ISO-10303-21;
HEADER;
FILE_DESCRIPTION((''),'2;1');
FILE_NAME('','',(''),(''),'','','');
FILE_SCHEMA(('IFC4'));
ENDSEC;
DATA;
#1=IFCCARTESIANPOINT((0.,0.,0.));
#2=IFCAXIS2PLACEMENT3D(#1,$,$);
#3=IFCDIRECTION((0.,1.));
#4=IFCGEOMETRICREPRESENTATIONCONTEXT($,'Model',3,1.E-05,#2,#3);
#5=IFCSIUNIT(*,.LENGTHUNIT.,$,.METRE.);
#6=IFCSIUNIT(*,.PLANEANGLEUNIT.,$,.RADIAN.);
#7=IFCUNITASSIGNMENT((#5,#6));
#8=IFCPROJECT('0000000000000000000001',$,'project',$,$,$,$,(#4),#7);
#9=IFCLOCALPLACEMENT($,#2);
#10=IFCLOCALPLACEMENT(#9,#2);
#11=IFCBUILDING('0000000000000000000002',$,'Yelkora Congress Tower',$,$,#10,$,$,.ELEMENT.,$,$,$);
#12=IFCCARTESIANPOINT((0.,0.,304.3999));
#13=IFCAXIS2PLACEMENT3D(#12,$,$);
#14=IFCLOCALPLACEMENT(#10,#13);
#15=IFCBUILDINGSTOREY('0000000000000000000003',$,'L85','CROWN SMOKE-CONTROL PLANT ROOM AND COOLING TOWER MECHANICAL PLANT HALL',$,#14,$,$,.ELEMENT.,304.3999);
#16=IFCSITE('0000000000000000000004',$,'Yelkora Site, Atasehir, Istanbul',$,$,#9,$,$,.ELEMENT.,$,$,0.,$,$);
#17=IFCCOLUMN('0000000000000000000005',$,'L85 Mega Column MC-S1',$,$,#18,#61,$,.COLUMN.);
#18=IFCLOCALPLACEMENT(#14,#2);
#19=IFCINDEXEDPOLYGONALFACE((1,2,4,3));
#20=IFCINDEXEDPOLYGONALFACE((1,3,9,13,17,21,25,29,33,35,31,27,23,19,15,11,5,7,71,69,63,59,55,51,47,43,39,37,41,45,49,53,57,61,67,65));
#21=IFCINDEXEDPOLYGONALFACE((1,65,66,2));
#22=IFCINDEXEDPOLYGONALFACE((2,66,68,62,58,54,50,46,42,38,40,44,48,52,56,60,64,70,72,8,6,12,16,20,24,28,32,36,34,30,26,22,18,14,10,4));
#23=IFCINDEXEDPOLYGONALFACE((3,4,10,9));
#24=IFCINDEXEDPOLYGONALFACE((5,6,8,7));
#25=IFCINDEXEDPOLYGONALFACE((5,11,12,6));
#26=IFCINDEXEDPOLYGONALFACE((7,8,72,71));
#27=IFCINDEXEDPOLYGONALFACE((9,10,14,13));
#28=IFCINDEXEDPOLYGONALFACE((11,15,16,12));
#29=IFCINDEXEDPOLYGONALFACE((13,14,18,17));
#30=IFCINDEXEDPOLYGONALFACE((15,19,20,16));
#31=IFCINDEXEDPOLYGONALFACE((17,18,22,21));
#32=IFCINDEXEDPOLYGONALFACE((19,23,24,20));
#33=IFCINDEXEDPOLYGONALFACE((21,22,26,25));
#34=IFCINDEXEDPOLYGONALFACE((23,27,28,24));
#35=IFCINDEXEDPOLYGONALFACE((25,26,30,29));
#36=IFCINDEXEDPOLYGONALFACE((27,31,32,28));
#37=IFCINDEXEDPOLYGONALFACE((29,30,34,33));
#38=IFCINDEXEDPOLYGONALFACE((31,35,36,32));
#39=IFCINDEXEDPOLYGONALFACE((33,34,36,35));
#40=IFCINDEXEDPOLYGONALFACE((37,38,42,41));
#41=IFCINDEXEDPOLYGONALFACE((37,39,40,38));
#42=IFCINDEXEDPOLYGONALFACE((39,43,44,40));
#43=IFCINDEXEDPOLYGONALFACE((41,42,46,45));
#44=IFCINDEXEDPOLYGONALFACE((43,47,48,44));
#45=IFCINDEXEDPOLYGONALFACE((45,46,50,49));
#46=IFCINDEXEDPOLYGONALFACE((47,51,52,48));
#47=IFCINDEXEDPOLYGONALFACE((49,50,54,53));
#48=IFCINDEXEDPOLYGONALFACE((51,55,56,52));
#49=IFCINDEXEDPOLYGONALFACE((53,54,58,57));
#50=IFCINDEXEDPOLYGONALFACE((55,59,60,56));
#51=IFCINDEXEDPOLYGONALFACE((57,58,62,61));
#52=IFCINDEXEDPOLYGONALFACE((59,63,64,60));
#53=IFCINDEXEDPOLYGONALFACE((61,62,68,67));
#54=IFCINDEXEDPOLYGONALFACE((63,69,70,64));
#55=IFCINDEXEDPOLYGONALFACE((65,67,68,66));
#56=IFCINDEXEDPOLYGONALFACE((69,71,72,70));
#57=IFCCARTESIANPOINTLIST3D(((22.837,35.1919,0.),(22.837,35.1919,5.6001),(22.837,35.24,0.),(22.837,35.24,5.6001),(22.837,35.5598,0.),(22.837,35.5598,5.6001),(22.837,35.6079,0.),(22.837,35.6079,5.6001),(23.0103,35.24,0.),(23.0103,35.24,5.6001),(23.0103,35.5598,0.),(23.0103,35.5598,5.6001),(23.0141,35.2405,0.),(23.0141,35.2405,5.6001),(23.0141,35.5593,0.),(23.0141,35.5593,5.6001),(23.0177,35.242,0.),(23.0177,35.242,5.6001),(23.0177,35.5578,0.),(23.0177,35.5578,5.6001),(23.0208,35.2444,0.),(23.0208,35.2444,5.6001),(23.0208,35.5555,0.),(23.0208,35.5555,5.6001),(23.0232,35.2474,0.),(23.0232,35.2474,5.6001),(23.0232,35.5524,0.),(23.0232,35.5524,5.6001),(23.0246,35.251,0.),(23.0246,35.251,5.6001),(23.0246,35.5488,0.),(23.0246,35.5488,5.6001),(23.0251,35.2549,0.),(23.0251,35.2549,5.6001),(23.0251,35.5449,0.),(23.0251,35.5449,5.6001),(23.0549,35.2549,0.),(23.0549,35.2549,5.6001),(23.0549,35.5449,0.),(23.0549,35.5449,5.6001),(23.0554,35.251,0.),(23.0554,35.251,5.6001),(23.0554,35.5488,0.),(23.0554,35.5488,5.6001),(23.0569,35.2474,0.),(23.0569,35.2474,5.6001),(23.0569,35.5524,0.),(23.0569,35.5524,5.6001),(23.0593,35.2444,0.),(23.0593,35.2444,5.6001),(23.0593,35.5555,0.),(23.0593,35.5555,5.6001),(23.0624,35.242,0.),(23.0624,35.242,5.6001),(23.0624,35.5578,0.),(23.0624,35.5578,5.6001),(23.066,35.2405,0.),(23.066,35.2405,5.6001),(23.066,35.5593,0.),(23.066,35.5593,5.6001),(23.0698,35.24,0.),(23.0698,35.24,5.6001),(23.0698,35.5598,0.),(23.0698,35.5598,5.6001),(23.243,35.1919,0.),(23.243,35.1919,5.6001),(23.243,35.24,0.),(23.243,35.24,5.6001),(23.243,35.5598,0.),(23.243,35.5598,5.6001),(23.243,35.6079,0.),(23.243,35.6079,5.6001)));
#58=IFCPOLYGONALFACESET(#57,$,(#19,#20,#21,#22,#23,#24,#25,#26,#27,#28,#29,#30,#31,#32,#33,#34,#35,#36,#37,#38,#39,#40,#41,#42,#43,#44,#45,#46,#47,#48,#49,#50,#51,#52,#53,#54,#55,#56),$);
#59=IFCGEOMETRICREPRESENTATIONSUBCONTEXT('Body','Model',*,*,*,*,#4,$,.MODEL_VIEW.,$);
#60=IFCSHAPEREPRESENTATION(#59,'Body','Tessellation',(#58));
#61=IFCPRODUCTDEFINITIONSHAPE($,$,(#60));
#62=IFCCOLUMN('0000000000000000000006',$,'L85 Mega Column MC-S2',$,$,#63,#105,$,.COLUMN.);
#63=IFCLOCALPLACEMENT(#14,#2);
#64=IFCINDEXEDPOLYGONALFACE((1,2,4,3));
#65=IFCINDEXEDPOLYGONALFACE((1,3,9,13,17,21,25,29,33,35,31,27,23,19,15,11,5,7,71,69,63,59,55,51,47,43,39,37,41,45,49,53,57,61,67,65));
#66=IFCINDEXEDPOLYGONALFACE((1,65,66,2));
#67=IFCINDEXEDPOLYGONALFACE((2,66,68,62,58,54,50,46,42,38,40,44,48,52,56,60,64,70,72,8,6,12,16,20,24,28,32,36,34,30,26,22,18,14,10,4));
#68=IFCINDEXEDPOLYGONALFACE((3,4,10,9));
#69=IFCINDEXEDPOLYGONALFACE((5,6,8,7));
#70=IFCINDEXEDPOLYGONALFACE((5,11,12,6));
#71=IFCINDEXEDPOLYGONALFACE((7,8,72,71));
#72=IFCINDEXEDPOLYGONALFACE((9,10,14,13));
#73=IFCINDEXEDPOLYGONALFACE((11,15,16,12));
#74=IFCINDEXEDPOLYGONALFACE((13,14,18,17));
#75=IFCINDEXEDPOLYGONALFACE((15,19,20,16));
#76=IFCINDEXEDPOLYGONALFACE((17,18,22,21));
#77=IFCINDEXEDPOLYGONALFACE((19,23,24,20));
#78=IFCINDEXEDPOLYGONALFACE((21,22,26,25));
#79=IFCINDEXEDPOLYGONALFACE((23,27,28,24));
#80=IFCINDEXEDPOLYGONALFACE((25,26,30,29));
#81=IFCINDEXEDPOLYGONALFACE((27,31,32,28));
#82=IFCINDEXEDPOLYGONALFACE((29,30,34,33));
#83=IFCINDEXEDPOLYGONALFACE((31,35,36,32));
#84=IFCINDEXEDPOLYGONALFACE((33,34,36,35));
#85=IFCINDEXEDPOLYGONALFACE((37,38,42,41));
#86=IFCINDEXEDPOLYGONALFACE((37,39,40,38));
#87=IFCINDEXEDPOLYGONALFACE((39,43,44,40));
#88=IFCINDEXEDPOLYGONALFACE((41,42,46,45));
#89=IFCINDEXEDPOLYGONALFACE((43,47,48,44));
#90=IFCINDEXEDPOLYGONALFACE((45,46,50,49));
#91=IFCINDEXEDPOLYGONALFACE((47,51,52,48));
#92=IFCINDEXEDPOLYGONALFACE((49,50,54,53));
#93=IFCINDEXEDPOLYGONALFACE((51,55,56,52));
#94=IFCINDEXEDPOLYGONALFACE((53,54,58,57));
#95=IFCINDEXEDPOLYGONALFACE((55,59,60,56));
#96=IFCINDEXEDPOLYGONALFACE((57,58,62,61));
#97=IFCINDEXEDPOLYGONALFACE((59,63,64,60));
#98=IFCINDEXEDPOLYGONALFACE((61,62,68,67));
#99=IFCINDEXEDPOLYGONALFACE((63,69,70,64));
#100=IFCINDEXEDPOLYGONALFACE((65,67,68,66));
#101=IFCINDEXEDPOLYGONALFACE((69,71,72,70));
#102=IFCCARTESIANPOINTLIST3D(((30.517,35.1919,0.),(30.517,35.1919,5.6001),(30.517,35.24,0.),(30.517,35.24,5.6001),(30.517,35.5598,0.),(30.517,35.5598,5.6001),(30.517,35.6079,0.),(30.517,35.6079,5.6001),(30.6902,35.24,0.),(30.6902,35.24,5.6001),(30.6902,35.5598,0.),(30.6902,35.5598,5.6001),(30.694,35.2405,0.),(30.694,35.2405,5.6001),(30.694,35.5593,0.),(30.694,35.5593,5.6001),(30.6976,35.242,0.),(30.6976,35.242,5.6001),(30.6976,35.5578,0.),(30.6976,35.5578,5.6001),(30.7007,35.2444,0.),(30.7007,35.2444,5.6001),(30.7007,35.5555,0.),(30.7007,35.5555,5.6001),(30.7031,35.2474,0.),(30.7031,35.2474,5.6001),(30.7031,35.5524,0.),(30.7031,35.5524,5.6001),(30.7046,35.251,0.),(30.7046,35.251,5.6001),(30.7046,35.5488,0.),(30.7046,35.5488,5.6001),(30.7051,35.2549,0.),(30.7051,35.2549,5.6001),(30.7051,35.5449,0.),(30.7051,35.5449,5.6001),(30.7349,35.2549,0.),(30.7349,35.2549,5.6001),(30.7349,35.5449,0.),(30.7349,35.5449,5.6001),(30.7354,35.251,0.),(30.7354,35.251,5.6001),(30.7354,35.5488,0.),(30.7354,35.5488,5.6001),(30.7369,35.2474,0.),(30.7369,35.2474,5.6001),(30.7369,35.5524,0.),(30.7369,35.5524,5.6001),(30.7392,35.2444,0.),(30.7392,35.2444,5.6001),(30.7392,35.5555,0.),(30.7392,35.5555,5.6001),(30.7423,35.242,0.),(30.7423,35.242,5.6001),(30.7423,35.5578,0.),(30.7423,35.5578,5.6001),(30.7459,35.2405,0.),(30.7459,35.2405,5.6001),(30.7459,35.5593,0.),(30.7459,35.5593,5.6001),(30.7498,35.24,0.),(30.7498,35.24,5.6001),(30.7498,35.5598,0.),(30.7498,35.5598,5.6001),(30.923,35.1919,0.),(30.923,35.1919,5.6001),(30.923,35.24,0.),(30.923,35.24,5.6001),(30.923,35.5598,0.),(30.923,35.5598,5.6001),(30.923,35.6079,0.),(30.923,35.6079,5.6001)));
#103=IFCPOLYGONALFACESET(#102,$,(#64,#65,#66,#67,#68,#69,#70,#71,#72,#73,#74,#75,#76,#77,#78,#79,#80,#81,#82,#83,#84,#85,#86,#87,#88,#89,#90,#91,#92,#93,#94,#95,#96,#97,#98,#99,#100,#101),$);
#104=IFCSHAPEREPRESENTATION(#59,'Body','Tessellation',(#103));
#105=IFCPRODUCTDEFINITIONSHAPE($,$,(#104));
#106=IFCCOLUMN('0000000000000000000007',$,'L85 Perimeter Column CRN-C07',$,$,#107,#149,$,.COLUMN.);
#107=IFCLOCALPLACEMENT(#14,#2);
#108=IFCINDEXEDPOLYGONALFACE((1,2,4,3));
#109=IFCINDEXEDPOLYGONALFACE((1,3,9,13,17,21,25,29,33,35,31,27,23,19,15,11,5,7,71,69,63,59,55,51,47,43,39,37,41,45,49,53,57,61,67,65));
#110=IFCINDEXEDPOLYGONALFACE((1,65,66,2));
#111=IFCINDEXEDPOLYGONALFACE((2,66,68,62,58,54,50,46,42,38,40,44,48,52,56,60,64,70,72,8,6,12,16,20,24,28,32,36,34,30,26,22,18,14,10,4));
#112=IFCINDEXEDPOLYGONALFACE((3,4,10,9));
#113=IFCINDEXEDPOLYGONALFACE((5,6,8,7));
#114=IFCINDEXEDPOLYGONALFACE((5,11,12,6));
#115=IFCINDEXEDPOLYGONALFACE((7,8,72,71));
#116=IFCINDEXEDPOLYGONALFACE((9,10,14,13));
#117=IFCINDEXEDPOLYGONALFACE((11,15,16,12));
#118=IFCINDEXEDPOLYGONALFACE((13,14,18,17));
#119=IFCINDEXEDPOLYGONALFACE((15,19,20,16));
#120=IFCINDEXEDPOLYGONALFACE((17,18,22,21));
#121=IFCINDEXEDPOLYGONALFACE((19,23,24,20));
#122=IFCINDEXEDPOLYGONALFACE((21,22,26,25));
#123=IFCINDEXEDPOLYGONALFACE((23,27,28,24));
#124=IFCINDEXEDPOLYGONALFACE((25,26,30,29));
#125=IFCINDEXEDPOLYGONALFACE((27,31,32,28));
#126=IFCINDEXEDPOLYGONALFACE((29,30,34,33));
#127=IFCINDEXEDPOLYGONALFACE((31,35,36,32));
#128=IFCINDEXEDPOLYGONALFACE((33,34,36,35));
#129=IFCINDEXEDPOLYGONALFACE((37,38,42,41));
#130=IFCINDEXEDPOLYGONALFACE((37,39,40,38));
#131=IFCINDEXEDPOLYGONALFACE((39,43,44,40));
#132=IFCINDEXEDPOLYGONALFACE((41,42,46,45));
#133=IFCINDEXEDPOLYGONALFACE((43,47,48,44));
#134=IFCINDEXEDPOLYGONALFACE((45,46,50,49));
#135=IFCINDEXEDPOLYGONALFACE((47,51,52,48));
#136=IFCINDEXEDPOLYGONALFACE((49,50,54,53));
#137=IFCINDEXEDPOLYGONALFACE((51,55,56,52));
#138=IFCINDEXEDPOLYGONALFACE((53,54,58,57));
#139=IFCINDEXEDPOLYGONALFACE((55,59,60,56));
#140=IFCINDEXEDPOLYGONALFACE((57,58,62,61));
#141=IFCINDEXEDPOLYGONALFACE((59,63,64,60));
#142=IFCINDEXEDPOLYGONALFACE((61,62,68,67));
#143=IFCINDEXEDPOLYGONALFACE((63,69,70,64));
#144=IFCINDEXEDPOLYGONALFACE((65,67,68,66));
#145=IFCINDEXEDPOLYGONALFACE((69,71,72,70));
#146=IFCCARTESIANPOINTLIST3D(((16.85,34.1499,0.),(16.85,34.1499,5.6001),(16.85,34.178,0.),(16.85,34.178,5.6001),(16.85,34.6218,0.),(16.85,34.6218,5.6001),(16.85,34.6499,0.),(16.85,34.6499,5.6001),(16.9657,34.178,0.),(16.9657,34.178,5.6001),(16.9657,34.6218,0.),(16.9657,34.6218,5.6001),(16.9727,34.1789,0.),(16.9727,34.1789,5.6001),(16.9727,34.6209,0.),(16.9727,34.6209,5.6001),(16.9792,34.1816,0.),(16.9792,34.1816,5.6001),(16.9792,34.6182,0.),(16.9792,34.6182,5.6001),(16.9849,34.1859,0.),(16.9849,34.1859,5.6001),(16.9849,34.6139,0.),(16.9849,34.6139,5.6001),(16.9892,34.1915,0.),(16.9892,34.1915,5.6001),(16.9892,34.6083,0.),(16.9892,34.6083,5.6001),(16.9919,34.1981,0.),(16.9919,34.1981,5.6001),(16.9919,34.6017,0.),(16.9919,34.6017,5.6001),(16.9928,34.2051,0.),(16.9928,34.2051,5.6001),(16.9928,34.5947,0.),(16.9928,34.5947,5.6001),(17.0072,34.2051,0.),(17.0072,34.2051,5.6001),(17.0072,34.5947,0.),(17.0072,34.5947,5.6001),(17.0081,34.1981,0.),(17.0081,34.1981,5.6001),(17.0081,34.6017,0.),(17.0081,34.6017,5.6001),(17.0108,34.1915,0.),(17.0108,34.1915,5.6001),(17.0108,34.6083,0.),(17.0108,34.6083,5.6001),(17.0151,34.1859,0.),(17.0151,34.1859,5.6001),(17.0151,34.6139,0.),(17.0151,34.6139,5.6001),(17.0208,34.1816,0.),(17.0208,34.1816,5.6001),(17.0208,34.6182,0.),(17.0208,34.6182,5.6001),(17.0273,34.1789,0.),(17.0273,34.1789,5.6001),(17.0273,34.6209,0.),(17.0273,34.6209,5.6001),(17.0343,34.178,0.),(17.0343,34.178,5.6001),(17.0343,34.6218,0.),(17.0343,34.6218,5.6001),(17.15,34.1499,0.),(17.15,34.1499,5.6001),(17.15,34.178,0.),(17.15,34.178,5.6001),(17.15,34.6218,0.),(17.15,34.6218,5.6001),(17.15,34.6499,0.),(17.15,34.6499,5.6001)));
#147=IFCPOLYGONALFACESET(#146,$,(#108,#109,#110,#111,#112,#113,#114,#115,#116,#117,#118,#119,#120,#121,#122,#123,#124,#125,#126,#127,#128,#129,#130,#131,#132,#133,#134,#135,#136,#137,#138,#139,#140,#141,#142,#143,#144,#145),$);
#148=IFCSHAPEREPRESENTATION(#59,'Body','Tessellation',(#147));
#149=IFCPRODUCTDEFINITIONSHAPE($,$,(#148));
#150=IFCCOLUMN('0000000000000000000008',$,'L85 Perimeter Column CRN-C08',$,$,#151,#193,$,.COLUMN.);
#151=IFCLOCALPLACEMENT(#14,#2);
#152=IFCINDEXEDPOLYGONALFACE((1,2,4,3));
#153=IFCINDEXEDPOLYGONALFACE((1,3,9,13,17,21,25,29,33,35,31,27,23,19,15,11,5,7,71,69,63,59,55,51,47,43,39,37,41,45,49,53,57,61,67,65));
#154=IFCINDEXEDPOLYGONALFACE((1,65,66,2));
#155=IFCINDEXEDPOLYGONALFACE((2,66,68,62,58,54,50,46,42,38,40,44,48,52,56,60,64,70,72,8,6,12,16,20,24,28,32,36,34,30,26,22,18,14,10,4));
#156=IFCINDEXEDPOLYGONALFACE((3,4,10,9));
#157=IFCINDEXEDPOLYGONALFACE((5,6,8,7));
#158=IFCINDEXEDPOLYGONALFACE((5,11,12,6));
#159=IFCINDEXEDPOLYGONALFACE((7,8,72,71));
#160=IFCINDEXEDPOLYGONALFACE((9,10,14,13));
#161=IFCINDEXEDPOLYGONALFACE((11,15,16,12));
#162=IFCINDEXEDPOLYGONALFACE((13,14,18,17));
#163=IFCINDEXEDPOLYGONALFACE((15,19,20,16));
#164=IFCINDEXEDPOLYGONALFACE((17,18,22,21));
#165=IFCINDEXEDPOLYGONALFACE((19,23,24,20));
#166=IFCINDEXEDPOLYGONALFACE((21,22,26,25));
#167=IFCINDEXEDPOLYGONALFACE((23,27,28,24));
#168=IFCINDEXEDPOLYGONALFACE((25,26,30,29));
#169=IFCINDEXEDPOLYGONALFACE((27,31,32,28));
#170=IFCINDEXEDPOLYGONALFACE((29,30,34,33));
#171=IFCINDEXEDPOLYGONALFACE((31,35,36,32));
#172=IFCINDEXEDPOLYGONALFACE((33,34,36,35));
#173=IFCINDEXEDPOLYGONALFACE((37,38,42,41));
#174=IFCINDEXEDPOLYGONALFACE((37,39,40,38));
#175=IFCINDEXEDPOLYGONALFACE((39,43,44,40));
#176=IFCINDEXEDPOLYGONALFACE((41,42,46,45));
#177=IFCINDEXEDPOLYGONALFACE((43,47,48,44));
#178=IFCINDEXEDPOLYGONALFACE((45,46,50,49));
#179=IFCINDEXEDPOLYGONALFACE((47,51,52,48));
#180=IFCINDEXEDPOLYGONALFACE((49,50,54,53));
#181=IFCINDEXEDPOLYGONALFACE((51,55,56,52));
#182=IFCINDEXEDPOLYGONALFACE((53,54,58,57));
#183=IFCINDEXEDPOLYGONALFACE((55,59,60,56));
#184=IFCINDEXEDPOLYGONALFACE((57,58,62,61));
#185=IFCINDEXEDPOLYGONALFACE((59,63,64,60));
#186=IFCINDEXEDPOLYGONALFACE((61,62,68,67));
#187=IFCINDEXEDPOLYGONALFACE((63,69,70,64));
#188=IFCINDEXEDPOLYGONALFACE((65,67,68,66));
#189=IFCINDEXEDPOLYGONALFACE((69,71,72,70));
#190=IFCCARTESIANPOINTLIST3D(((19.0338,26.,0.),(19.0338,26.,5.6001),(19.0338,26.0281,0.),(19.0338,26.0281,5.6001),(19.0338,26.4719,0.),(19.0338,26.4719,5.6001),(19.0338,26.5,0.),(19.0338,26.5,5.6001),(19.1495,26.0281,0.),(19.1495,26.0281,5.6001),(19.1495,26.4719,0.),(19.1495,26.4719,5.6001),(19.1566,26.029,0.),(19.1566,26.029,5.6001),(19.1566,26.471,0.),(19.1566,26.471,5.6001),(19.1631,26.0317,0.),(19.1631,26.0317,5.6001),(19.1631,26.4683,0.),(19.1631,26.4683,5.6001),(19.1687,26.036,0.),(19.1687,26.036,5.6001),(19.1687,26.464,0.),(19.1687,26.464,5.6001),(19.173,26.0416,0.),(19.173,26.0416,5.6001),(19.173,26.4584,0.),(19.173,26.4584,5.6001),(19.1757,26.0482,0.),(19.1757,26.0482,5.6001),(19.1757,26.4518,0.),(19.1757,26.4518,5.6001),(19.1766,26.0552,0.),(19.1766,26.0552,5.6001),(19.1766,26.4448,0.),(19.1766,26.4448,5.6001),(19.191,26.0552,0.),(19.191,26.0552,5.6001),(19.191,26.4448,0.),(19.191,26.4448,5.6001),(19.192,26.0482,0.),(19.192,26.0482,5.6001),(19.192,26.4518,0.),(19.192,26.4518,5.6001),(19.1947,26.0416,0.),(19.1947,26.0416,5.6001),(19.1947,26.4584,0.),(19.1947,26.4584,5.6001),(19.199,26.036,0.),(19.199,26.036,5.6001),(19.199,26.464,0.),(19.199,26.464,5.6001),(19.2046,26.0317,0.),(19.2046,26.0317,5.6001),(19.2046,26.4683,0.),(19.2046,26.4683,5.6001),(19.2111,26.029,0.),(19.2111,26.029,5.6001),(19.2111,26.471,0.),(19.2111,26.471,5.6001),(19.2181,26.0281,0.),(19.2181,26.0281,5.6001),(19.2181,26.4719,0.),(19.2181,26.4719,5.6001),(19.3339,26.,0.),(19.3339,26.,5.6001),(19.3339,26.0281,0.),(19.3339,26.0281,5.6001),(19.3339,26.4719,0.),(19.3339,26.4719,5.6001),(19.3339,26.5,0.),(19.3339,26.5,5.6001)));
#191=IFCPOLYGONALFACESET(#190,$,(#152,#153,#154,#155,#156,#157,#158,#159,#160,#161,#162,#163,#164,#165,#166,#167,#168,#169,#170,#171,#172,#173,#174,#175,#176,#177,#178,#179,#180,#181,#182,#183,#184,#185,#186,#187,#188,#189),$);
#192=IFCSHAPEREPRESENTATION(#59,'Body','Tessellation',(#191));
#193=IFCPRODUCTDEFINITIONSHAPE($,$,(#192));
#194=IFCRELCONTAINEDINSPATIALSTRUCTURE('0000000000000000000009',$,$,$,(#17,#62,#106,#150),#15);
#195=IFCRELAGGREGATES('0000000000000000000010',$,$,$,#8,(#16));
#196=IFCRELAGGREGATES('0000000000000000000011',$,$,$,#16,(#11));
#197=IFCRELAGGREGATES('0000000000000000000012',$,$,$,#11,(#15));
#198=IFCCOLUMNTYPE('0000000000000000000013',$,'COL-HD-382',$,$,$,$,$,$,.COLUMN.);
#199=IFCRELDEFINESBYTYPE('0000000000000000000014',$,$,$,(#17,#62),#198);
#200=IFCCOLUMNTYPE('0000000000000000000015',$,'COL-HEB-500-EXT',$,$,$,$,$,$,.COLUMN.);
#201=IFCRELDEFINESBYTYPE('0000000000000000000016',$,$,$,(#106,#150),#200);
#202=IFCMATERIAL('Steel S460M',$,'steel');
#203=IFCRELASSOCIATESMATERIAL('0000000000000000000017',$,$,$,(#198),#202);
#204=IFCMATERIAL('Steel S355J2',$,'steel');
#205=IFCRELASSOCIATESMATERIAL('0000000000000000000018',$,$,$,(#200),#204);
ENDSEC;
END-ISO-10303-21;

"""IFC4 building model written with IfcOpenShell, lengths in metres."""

from ifc_helpers import new_model, si_unit, direction, frame, origin, origin_2d, place, context, subcontext, project, spatial, i_section, extrude, material, material_profile, profile_set, type_object, element, save


model = new_model("IFC4")

# Units and contexts
model_context = context("Model", 3, precision=1e-05, world=origin(), true_north=direction((0.0, 1.0)))
body_context = subcontext(model_context, "Body", "Model", "MODEL_VIEW")
ifc_project = project(units=[si_unit("LENGTHUNIT", "METRE"), si_unit("PLANEANGLEUNIT", "RADIAN")], contexts=[model_context])

# Site, building, storey
site_placement = place(None, origin())
site = spatial("IfcSite", under=ifc_project, at=site_placement, Name="Yelkora Site, Atasehir, Istanbul", CompositionType="ELEMENT", RefElevation=0.0)
building_placement = place(site_placement, origin())
building = spatial("IfcBuilding", under=site, at=building_placement, Name="Yelkora Congress Tower", CompositionType="ELEMENT")
storey_placement = place(building_placement, frame((0.0, 0.0, 304.3999)))
storey = spatial("IfcBuildingStorey", under=building, at=storey_placement, Name="L85", Description="CROWN SMOKE-CONTROL PLANT ROOM AND COOLING TOWER MECHANICAL PLANT HALL", CompositionType="ELEMENT", Elevation=304.3999)

# Columns
ifc_material_1 = material(Name="Steel S460M", Category="steel")
ifc_material_profile_1 = material_profile(ifc_material_1, i_section(OverallWidth=0.406, OverallDepth=0.416, WebThickness=0.0298, FlangeThickness=0.0481, FilletRadius=0.0149, at=origin_2d()), Name="HD 400x382")
ifc_profile_set_1 = profile_set([ifc_material_profile_1], Name="Steel S460M")
column_type_1 = type_object("IfcColumnType", Name="COL-HD-382", PredefinedType="COLUMN", material=ifc_profile_set_1)
for number, where, z_axis, x_axis, name in (
    (1, (23.04, 35.3999, 0.0), (0.0, 0.0, 1.0), (1.0, 0.0, 0.0), "L85 Mega Column MC-S1"),
    (2, (30.72, 35.3999, 0.0), (0.0, 0.0, 1.0), (1.0, 0.0, 0.0), "L85 Mega Column MC-S2"),
):
    element("IfcColumn", number, at=place(storey_placement, frame(where, z_axis=z_axis, x_axis=x_axis)), inside=storey, type_object=column_type_1, Name=name, PredefinedType="COLUMN", context=body_context, shape_type="SweptSolid", body=[
        extrude(i_section(OverallWidth=0.406, OverallDepth=0.416, WebThickness=0.0298, FlangeThickness=0.0481, FilletRadius=0.0149, at=origin_2d()), origin(), (0.0, 0.0, 1.0), 5.6001),
    ])
ifc_material_2 = material(Name="Steel S355J2", Category="steel")
ifc_material_profile_2 = material_profile(ifc_material_2, i_section(OverallWidth=0.3, OverallDepth=0.5, WebThickness=0.0144, FlangeThickness=0.0281, FilletRadius=0.0271, at=origin_2d()), Name="HEB 500")
ifc_profile_set_2 = profile_set([ifc_material_profile_2], Name="Steel S355J2")
column_type_2 = type_object("IfcColumnType", Name="COL-HEB-500-EXT", PredefinedType="COLUMN", material=ifc_profile_set_2)
for number, where, z_axis, x_axis, name in (
    (3, (17.0, 34.3999, 0.0), (0.0, 0.0, 1.0), (1.0, 0.0, 0.0), "L85 Perimeter Column CRN-C07"),
    (4, (19.1838, 26.25, 0.0), (0.0, 0.0, 1.0), (1.0, 0.0, 0.0), "L85 Perimeter Column CRN-C08"),
):
    element("IfcColumn", number, at=place(storey_placement, frame(where, z_axis=z_axis, x_axis=x_axis)), inside=storey, type_object=column_type_2, Name=name, PredefinedType="COLUMN", context=body_context, shape_type="SweptSolid", body=[
        extrude(i_section(OverallWidth=0.3, OverallDepth=0.5, WebThickness=0.0144, FlangeThickness=0.0281, FilletRadius=0.0271, at=origin_2d()), origin(), (0.0, 0.0, 1.0), 5.6001),
    ])

save(model, "model.ifc")
